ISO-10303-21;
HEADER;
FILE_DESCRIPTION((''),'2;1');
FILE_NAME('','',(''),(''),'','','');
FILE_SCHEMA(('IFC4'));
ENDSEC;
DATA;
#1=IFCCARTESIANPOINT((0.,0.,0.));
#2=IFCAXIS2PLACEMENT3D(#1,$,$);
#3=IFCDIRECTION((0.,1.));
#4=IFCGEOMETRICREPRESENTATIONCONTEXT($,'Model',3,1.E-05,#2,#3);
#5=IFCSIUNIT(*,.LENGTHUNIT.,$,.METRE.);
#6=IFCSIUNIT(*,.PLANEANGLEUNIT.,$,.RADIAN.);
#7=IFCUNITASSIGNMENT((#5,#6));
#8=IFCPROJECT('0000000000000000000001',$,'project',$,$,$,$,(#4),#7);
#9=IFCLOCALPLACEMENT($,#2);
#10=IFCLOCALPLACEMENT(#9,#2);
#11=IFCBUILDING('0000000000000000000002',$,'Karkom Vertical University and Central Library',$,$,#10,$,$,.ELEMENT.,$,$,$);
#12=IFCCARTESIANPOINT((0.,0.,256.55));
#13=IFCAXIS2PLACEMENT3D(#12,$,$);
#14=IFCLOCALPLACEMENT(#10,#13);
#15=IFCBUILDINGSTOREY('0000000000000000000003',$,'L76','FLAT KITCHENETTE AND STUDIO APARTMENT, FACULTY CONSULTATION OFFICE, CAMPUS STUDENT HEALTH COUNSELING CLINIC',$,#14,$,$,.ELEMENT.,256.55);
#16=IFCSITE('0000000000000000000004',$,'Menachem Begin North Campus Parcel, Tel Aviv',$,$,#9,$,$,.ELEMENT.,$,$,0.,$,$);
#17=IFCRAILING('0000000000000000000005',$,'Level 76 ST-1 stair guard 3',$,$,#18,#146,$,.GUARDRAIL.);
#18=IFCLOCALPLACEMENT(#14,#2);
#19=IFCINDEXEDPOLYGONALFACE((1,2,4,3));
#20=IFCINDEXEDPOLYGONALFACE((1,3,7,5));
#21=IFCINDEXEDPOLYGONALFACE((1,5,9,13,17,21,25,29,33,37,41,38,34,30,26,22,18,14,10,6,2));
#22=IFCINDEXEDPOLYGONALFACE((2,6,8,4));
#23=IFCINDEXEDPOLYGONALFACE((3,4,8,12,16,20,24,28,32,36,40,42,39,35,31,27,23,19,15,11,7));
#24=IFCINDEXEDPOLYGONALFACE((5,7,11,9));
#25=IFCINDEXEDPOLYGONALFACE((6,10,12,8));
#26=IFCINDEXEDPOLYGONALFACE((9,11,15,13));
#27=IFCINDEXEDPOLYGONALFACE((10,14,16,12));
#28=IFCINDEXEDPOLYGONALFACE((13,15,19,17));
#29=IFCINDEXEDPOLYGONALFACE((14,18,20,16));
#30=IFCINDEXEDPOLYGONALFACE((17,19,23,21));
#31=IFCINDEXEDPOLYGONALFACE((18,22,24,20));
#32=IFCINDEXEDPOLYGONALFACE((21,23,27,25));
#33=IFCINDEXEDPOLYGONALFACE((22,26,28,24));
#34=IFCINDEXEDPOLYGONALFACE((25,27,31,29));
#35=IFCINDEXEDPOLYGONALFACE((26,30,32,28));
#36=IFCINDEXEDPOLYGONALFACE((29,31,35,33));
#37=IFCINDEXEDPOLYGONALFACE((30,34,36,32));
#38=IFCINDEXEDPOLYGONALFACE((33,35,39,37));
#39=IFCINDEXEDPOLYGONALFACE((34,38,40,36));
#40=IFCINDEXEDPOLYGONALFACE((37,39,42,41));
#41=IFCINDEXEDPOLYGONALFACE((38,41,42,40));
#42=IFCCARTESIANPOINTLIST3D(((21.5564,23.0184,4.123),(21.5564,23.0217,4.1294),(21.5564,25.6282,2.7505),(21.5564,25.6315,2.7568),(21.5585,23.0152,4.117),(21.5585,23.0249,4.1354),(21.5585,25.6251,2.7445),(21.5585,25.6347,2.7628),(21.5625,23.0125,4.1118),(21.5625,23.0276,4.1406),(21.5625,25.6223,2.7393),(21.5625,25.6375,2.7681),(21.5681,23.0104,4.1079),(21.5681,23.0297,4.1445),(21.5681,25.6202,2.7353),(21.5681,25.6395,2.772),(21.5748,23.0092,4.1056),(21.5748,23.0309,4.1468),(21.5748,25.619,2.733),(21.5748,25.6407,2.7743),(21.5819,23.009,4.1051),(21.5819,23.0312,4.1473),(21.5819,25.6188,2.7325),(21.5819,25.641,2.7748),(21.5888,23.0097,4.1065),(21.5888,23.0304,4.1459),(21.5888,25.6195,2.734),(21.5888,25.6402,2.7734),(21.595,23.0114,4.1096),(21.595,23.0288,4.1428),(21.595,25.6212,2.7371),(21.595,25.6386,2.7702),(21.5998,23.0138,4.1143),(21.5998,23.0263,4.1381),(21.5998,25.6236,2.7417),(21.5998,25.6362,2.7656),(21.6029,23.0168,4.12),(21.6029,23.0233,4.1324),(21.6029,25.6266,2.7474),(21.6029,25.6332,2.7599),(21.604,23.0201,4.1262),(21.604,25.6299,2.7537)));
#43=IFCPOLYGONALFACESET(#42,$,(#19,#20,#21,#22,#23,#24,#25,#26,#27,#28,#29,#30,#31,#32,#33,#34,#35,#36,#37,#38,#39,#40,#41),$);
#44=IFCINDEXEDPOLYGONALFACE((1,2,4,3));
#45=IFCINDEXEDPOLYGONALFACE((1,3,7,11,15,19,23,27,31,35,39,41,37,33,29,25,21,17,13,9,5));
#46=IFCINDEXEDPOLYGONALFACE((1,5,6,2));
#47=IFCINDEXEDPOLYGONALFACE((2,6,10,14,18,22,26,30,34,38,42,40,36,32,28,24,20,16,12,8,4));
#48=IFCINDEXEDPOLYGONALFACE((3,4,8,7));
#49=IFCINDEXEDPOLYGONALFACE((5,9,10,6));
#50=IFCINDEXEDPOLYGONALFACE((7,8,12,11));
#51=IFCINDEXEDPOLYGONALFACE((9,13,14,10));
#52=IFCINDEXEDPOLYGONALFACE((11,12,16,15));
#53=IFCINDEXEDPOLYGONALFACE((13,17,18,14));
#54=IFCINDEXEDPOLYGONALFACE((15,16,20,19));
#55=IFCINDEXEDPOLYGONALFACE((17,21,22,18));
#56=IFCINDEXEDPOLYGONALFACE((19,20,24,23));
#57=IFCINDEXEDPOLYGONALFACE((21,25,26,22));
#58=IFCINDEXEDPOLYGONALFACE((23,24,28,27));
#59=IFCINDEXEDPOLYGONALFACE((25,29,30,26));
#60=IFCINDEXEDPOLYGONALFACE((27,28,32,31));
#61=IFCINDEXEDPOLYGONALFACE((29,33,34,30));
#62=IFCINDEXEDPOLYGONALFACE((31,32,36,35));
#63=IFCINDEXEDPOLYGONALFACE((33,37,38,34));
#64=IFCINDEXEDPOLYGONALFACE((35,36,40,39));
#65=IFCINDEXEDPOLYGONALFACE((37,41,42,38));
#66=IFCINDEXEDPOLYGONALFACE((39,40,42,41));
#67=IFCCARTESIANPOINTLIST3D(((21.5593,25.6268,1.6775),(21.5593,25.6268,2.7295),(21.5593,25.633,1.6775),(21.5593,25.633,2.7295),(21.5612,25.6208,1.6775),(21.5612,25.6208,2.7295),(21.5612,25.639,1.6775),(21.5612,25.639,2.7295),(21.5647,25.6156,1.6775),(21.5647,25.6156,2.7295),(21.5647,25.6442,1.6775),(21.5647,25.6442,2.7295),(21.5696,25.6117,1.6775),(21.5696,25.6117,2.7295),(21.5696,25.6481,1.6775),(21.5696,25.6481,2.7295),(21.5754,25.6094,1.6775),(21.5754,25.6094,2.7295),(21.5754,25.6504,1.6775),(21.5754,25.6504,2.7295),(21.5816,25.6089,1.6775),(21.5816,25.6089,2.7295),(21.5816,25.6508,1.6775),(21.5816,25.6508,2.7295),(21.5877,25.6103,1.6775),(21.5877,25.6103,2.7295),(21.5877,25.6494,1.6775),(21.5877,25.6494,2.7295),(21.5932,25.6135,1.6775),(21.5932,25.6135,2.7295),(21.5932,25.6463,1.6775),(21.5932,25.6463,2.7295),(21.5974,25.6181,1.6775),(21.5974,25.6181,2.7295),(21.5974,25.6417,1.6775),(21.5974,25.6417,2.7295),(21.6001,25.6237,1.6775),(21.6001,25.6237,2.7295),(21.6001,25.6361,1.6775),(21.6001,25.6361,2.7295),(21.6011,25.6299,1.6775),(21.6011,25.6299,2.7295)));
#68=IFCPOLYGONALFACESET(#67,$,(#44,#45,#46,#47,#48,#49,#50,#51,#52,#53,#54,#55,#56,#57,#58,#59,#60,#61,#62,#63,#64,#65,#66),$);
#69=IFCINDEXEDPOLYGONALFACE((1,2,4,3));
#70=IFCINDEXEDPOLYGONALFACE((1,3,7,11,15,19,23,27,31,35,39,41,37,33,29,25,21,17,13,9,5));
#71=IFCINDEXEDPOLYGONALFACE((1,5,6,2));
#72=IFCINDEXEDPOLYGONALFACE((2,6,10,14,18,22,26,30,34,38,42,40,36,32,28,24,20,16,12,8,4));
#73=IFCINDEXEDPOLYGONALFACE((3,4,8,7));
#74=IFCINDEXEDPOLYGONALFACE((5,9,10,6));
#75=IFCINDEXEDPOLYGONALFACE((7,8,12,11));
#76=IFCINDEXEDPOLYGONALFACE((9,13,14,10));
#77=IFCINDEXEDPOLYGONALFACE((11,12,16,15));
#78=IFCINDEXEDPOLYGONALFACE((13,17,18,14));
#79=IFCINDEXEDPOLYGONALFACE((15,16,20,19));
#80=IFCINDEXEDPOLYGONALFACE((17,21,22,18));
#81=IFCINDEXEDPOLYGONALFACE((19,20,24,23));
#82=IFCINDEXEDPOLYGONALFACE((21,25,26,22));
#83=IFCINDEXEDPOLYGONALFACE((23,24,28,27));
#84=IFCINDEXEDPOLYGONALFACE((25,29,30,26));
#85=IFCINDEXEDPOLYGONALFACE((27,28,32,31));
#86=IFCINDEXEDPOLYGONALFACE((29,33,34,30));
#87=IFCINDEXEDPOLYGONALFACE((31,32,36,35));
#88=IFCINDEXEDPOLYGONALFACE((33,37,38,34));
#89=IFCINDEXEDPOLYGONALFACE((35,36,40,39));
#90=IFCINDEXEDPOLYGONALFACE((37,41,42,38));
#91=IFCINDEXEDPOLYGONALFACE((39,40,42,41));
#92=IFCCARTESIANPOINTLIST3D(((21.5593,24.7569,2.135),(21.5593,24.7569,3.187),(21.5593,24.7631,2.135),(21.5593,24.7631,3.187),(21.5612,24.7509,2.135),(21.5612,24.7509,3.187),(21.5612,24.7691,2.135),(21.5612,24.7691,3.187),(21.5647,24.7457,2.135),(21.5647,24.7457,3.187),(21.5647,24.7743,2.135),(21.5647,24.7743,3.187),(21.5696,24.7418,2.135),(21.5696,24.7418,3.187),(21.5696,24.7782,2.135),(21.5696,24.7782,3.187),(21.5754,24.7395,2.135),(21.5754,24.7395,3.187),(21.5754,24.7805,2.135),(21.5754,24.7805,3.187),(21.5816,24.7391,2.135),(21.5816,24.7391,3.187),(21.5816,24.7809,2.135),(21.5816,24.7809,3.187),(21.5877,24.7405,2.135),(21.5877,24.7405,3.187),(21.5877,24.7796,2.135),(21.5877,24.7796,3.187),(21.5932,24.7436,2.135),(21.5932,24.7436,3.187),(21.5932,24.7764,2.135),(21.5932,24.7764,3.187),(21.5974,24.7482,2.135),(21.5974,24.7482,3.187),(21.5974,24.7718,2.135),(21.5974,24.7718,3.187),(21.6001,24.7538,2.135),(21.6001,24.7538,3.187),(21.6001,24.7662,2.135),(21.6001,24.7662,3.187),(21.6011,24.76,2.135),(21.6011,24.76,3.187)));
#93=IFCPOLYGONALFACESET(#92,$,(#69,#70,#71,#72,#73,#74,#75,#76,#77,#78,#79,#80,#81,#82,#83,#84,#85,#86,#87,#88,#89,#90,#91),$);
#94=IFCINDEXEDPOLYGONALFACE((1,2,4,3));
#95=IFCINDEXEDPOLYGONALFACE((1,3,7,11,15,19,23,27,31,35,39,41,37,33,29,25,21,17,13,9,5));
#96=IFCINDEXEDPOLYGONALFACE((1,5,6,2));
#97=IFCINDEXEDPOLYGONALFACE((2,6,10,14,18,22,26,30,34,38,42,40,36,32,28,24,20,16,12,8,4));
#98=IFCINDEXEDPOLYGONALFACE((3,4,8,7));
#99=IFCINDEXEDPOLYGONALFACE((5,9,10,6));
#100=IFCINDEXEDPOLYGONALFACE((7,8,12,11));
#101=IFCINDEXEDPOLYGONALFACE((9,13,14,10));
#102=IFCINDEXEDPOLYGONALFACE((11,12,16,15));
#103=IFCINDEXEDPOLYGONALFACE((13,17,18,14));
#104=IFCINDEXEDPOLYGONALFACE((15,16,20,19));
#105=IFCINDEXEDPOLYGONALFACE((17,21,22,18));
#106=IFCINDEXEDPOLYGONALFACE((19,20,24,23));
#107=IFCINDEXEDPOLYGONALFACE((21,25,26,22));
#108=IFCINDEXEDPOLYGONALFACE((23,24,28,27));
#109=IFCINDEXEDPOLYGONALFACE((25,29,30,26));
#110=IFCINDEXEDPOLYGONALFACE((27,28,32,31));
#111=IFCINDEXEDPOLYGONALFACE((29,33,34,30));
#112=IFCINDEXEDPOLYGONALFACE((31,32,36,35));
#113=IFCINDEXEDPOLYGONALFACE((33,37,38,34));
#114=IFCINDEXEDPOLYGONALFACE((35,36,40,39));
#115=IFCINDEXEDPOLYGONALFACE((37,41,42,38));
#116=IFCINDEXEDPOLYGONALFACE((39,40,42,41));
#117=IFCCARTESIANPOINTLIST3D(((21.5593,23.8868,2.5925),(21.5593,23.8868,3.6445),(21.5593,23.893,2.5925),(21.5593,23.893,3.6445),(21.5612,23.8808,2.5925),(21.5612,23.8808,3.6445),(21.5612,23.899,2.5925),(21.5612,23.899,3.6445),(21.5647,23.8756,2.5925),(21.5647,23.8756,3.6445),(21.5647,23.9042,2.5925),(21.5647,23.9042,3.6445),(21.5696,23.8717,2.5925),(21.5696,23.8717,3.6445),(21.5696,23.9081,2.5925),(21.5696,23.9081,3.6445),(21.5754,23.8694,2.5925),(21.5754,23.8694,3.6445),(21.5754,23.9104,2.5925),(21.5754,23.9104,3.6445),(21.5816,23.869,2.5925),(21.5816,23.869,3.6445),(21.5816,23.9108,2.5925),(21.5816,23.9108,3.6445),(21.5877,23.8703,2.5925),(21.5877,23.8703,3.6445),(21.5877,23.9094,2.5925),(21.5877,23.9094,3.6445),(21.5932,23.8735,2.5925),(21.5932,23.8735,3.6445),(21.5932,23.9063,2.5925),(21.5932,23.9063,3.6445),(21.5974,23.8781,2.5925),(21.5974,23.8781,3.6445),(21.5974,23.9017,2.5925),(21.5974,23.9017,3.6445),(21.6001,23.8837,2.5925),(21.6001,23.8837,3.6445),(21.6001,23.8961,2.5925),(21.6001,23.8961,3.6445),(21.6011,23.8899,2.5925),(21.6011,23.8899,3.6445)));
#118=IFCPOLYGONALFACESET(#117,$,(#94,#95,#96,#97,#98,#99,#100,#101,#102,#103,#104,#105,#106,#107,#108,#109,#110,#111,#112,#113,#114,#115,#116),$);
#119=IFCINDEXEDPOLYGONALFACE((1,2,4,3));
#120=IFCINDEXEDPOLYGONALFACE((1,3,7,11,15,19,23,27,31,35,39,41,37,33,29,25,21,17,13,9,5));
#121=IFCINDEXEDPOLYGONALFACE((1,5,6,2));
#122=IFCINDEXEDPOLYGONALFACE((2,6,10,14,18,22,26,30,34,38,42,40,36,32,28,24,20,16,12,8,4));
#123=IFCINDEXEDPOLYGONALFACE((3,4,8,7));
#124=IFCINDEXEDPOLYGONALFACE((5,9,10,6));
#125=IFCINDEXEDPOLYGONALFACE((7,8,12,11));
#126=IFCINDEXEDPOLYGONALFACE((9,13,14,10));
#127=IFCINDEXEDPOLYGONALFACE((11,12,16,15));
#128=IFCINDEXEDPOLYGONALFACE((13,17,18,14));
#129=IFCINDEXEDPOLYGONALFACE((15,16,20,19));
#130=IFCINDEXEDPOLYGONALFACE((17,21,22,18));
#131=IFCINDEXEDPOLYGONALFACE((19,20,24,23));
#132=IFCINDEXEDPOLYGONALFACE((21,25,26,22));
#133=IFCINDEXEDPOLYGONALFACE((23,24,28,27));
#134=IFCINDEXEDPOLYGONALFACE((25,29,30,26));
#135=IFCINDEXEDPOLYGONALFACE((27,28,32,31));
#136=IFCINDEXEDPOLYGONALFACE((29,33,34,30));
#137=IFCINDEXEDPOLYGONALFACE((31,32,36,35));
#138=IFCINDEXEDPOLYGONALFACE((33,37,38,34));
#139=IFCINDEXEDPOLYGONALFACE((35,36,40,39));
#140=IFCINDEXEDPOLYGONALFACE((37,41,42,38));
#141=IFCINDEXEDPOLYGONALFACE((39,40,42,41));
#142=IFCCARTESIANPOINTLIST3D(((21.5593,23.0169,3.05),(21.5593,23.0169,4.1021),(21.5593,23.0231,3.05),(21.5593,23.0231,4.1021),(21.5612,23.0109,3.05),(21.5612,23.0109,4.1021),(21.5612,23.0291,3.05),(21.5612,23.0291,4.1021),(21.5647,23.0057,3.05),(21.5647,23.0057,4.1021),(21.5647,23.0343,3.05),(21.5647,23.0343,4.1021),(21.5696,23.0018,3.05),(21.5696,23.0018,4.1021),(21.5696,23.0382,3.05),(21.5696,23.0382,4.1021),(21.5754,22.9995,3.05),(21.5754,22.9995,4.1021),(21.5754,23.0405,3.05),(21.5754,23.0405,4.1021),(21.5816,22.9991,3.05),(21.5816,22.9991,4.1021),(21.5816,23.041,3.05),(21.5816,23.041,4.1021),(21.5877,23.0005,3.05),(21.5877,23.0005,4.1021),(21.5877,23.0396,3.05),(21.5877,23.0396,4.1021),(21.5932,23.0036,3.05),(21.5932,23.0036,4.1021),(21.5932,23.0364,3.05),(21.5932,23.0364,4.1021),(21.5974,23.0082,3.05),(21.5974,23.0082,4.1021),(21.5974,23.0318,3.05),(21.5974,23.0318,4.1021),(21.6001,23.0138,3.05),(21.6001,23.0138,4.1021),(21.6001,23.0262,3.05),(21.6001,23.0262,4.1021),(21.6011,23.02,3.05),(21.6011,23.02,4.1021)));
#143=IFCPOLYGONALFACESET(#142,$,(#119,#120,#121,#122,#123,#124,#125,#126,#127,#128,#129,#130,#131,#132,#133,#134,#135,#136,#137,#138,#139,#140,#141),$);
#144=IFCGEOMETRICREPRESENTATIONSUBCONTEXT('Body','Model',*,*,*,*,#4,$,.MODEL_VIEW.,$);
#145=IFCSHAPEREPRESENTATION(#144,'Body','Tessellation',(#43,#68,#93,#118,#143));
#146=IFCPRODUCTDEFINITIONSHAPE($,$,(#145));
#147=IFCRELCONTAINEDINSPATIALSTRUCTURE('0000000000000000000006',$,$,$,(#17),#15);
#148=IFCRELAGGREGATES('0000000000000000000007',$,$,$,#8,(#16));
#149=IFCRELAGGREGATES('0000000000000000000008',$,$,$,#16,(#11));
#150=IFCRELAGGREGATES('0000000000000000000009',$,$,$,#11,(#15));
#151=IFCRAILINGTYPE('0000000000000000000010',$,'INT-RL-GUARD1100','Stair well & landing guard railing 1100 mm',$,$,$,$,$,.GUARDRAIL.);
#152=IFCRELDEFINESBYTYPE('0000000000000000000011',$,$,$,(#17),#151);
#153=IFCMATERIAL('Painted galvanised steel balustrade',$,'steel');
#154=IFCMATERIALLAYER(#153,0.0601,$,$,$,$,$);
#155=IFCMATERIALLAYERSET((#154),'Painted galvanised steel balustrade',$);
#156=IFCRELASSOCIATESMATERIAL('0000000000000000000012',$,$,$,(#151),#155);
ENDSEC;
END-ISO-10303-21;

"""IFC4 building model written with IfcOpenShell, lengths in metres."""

from ifc_helpers import new_model, si_unit, direction, frame, origin, origin_2d, place, context, subcontext, project, spatial, circle, extrude, material, layer, layer_set, type_object, element, save


model = new_model("IFC4")

# Units and contexts
model_context = context("Model", 3, precision=1e-05, world=origin(), true_north=direction((0.0, 1.0)))
body_context = subcontext(model_context, "Body", "Model", "MODEL_VIEW")
ifc_project = project(units=[si_unit("LENGTHUNIT", "METRE"), si_unit("PLANEANGLEUNIT", "RADIAN")], contexts=[model_context])

# Site, building, storey
site_placement = place(None, origin())
site = spatial("IfcSite", under=ifc_project, at=site_placement, Name="Menachem Begin North Campus Parcel, Tel Aviv", CompositionType="ELEMENT", RefElevation=0.0)
building_placement = place(site_placement, origin())
building = spatial("IfcBuilding", under=site, at=building_placement, Name="Karkom Vertical University and Central Library", CompositionType="ELEMENT")
storey_placement = place(building_placement, frame((0.0, 0.0, 256.55)))
storey = spatial("IfcBuildingStorey", under=building, at=storey_placement, Name="L76", Description="FLAT KITCHENETTE AND STUDIO APARTMENT, FACULTY CONSULTATION OFFICE, CAMPUS STUDENT HEALTH COUNSELING CLINIC", CompositionType="ELEMENT", Elevation=256.55)

# Railing
ifc_material_1 = material(Name="Painted galvanised steel balustrade", Category="steel")
ifc_layer_1 = layer(ifc_material_1, 0.0601)
ifc_layer_set_1 = layer_set([ifc_layer_1], Name="Painted galvanised steel balustrade")
railing_type_1 = type_object("IfcRailingType", Name="INT-RL-GUARD1100", Description="Stair well & landing guard railing 1100 mm", PredefinedType="GUARDRAIL", material=ifc_layer_set_1)
railing_1_placement = place(storey_placement, frame((21.5801, 25.6299, 1.6775)))
element("IfcRailing", 1, at=railing_1_placement, inside=storey, type_object=railing_type_1, Name="Level 76 ST-1 stair guard 3", PredefinedType="GUARDRAIL", context=body_context, shape_type="SweptSolid", body=[
    extrude(circle(Radius=0.0239, at=origin_2d()), frame((0.0, 0.0, 1.0762), z_axis=(0.0, -0.885065, 0.465467), x_axis=(1.0, 0.0, 0.0)), (0.0, 0.0, 1.0), 2.9487),
    extrude(circle(Radius=0.021, at=origin_2d()), origin(), (0.0, 0.0, 1.0), 1.052),
    extrude(circle(Radius=0.021, at=origin_2d()), frame((0.0, -0.8699, 0.4575)), (0.0, 0.0, 1.0), 1.052),
    extrude(circle(Radius=0.021, at=origin_2d()), frame((0.0, -1.74, 0.915)), (0.0, 0.0, 1.0), 1.052),
    extrude(circle(Radius=0.021, at=origin_2d()), frame((0.0, -2.6099, 1.3726)), (0.0, 0.0, 1.0), 1.052),
])

save(model, "model.ifc")
